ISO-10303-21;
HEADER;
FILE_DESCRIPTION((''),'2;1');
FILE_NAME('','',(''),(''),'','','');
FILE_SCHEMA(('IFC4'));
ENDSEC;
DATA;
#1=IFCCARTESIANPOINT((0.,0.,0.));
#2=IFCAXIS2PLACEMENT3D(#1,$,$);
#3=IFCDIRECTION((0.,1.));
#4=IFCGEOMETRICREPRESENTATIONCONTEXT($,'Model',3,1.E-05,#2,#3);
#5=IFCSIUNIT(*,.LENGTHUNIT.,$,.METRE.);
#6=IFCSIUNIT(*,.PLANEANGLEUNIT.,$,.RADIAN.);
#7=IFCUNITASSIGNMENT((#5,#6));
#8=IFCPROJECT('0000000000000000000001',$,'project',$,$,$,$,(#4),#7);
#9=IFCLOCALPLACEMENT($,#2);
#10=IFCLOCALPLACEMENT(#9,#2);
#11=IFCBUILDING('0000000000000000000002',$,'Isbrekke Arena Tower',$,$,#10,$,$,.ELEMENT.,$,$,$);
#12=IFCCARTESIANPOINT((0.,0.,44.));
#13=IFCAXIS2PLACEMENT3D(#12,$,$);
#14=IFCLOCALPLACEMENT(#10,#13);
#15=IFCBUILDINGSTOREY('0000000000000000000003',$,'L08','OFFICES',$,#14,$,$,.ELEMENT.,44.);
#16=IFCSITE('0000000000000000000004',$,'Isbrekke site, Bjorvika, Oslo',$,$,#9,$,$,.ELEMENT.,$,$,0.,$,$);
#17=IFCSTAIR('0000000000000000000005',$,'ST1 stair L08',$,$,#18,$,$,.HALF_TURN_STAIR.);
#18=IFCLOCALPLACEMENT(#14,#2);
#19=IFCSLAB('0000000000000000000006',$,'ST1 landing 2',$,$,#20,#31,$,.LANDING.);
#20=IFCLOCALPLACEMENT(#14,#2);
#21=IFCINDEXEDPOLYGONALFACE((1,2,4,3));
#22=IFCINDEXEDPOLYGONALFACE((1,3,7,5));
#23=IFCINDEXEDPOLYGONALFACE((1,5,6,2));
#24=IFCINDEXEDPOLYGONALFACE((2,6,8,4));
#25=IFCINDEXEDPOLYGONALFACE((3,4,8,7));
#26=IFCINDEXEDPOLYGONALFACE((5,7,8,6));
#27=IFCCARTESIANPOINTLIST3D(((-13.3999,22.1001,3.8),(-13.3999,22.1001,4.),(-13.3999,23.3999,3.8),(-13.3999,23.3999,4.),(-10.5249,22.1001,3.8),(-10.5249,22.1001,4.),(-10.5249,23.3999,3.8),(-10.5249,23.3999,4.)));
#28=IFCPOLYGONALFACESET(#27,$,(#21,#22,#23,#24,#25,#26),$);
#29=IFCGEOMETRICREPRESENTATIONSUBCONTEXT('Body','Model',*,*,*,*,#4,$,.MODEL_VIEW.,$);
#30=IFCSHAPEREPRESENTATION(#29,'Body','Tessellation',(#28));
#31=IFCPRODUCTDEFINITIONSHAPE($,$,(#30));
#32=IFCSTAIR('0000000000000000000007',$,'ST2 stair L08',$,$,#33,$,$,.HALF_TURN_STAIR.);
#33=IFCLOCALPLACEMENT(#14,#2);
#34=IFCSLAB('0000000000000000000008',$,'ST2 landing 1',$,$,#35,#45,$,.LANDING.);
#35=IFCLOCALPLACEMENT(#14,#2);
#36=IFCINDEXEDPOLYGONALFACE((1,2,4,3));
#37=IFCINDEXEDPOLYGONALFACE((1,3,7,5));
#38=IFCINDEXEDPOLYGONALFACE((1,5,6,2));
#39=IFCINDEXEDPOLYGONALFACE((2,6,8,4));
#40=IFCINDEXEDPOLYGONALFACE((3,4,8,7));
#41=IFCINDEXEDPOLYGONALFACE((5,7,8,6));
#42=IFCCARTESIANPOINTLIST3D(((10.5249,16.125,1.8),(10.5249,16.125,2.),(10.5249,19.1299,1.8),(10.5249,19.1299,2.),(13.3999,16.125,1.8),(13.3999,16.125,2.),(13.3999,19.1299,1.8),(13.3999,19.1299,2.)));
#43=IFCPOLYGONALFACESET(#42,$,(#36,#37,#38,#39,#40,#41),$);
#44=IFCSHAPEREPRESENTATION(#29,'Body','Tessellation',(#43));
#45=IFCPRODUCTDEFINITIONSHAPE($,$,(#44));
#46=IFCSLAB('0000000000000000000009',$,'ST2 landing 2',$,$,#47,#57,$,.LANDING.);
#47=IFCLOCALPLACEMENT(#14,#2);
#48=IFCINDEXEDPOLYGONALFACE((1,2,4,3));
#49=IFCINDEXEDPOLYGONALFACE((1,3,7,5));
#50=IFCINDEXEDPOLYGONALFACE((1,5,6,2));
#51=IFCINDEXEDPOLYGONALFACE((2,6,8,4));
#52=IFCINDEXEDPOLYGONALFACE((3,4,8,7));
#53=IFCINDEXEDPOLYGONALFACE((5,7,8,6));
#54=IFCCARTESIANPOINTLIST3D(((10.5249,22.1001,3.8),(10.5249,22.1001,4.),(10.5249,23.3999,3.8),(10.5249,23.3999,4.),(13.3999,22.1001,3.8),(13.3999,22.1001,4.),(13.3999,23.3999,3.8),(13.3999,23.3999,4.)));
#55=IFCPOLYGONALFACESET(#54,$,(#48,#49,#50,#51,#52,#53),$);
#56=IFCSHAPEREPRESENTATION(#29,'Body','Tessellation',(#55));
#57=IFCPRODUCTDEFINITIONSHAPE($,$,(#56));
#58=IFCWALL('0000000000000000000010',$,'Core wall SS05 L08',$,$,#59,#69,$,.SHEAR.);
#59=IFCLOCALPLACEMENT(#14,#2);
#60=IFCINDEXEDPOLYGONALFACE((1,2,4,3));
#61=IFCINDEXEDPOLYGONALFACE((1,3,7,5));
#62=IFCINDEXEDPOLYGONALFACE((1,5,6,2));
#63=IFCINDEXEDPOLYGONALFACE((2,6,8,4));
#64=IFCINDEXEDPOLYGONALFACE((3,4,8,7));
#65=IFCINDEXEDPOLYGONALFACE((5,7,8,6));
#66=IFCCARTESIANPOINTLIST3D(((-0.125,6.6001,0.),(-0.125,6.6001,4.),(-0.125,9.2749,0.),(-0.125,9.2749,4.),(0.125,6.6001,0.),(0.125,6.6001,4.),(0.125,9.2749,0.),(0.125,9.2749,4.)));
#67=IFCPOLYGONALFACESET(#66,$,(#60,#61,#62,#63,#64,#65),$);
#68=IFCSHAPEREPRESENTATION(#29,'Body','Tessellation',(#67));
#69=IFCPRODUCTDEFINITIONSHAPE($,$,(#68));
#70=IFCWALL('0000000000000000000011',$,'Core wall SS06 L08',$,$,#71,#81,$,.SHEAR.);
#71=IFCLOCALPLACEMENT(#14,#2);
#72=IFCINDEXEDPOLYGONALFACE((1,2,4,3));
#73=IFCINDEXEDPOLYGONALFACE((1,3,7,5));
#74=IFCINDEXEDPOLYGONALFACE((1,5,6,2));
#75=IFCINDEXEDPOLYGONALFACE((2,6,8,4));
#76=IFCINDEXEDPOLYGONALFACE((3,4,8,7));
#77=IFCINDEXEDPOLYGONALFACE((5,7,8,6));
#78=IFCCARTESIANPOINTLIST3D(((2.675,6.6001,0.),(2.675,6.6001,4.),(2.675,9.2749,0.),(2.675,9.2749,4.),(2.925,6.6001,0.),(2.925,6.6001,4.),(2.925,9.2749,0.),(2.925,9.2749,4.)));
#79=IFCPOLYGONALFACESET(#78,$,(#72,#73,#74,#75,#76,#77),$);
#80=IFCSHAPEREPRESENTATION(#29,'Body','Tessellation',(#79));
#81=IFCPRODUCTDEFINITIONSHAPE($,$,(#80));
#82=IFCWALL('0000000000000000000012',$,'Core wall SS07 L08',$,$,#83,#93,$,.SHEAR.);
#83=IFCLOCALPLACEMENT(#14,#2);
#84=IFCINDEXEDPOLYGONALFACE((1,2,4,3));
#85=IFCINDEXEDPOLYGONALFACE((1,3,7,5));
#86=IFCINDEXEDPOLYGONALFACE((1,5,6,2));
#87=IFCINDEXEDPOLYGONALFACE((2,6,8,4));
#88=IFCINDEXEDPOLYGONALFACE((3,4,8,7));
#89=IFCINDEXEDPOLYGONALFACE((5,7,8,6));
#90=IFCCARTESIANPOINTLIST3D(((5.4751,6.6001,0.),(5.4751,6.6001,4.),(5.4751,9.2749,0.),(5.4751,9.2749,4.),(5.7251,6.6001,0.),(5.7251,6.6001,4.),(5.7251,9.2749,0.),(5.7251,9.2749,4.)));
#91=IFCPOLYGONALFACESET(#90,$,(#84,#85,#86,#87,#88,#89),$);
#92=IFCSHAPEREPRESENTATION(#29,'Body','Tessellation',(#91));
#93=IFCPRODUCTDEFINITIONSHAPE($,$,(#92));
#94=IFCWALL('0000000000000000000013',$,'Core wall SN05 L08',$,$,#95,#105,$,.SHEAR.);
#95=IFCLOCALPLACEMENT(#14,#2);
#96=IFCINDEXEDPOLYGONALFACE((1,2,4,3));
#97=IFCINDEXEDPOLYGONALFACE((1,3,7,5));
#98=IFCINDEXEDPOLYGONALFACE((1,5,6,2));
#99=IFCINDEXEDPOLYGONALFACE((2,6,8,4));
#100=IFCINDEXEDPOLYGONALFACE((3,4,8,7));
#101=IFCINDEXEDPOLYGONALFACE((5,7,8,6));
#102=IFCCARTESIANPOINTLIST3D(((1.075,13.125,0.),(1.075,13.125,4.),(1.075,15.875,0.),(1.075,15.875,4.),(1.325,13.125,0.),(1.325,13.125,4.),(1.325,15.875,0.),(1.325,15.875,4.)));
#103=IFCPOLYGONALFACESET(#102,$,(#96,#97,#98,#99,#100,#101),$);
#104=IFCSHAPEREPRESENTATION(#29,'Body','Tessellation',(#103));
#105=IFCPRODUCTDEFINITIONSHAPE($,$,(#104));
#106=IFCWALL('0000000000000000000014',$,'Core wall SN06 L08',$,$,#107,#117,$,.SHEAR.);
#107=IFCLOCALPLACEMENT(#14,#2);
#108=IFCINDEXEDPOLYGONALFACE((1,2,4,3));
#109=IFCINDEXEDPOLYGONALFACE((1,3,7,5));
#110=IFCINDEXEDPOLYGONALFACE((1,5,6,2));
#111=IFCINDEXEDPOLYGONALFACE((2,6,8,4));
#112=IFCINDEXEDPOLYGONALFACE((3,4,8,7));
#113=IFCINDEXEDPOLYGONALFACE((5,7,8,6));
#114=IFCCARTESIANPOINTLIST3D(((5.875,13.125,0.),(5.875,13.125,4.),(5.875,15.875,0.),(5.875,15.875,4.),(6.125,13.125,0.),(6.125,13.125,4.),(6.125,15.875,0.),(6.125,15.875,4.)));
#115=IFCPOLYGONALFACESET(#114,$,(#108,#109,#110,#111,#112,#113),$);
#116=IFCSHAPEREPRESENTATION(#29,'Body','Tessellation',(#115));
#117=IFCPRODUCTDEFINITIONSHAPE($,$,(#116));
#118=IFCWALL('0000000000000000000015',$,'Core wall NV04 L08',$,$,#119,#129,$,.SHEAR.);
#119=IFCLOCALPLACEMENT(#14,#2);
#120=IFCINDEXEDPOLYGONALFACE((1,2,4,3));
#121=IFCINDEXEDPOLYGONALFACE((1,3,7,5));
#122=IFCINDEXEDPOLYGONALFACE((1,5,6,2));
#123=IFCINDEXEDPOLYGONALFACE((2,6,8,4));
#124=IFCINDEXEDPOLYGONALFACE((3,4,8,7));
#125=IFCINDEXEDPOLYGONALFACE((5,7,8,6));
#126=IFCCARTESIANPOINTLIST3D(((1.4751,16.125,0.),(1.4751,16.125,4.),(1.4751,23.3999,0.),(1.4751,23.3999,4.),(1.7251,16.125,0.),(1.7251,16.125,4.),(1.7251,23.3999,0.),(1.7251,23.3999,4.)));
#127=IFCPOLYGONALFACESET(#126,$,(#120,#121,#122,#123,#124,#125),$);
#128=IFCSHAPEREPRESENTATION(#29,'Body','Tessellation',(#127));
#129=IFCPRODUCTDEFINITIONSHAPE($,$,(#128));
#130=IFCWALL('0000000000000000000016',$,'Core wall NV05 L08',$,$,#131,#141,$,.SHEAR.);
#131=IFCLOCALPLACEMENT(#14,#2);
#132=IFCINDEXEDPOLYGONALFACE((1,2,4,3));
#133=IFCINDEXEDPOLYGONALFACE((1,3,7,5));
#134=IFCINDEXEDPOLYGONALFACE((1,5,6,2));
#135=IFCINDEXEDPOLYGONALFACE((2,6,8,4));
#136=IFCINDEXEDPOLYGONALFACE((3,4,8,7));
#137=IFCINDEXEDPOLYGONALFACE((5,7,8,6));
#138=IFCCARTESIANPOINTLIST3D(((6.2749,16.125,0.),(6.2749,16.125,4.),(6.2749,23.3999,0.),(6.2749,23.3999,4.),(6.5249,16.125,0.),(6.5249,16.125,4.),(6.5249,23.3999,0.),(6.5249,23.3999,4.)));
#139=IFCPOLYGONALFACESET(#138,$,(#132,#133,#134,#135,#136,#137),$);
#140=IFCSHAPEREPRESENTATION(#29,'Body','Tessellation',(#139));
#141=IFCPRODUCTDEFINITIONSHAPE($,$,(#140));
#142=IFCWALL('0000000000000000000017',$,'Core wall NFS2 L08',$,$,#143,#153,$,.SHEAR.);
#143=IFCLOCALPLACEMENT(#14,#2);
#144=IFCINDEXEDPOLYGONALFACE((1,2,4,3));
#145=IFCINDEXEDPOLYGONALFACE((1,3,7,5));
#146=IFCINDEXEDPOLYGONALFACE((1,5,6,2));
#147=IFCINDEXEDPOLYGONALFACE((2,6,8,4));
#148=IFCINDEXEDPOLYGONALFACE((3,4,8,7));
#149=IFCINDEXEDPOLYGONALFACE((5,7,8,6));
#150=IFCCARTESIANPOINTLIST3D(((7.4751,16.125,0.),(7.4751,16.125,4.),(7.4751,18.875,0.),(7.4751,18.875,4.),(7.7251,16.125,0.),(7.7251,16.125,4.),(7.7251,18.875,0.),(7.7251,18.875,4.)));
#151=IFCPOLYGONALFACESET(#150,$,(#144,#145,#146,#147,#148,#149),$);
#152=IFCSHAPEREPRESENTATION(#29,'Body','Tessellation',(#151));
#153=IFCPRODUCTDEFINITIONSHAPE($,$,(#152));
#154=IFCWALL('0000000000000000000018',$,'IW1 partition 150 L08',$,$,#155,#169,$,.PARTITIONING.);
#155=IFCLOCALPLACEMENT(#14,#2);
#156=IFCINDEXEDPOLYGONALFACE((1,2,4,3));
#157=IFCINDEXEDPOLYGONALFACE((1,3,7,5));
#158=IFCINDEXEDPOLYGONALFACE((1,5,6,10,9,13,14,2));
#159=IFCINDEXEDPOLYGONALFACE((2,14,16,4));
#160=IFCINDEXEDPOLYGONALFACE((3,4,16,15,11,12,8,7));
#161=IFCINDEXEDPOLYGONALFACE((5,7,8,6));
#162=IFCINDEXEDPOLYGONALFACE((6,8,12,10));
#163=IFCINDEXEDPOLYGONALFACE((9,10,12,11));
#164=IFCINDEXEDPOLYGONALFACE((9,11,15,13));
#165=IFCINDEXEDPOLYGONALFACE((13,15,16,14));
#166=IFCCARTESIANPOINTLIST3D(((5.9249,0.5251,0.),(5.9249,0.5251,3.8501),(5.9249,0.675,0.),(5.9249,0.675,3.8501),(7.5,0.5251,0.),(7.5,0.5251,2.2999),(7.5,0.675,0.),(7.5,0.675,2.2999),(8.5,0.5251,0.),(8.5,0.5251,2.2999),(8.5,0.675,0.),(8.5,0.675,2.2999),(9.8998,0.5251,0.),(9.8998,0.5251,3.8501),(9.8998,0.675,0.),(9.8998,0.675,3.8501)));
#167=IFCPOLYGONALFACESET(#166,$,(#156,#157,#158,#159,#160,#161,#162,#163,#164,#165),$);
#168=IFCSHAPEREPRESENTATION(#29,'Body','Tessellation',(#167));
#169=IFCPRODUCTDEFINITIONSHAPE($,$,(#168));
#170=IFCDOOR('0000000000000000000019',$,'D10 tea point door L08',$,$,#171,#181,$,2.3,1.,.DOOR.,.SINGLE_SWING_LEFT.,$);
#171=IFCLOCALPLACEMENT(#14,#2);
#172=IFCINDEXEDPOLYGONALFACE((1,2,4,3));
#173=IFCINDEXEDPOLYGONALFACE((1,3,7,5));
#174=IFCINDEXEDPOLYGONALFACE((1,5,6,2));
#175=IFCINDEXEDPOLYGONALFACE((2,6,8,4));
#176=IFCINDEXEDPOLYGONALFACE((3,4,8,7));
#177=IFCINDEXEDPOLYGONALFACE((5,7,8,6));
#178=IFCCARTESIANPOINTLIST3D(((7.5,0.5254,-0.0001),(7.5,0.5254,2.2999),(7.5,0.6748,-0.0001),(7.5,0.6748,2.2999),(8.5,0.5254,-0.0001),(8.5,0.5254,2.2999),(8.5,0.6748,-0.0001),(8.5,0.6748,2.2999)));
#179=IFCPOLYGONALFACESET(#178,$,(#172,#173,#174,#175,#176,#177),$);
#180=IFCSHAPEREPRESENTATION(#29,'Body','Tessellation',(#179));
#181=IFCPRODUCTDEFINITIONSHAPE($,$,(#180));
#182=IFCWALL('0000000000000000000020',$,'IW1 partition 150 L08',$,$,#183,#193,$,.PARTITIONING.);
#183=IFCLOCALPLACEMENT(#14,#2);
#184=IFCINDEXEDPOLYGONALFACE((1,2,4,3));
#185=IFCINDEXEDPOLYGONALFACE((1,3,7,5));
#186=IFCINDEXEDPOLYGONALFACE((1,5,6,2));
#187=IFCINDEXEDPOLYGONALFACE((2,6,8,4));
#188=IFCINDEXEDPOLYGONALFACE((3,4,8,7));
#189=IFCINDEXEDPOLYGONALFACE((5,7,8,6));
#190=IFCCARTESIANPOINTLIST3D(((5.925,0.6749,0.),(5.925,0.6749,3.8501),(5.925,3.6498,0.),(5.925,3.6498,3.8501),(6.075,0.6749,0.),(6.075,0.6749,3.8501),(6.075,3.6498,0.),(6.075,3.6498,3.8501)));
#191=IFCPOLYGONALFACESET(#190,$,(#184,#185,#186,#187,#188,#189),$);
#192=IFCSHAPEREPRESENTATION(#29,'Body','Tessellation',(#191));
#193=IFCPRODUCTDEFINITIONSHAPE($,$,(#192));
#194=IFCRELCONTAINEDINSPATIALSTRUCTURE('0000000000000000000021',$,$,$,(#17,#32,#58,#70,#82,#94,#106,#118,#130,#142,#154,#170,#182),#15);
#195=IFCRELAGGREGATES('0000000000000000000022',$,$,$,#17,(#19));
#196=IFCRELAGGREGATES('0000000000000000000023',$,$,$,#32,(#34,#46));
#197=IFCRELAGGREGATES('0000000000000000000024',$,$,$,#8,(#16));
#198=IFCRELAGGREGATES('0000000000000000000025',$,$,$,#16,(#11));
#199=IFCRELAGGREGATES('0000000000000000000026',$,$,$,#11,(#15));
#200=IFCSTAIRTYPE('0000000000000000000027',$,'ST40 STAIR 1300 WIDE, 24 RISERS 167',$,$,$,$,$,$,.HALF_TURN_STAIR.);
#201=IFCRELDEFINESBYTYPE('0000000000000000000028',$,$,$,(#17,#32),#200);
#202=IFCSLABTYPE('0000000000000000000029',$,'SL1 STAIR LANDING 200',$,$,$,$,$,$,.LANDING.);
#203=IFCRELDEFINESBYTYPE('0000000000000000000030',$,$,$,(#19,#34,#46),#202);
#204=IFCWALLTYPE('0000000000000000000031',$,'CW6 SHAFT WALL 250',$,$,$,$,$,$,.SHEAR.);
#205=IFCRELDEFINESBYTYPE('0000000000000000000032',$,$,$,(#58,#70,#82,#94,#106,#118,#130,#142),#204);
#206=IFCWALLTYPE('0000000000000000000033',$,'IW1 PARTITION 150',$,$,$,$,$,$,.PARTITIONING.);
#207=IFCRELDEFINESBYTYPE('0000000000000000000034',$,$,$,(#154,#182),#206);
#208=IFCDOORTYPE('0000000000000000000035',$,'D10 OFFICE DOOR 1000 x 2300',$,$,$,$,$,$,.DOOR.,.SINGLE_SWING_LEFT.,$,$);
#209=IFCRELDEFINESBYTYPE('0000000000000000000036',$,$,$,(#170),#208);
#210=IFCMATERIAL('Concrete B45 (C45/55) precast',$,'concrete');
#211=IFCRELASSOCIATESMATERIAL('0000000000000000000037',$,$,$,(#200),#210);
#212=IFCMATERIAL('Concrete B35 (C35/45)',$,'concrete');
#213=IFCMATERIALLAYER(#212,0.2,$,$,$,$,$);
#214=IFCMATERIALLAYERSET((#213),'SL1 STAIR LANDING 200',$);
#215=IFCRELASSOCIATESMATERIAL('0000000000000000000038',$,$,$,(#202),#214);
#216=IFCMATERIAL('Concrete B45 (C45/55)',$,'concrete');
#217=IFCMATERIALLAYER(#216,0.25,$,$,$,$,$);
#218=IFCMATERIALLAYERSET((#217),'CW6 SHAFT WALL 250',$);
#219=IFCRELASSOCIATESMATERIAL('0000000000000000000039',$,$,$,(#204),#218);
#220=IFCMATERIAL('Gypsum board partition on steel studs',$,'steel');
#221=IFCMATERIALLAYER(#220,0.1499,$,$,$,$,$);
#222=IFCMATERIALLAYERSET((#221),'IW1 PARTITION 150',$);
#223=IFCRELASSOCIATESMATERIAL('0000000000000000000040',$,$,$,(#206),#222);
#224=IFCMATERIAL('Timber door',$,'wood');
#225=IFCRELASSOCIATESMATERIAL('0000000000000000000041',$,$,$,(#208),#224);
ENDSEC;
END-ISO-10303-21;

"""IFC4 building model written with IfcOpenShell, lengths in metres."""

from ifc_helpers import new_model, si_unit, direction, frame, frame_2d, origin, place, context, subcontext, project, spatial, polyline, rectangle, outline, extrude, material, layer, layer_set, type_object, element, fill, aggregate, save


model = new_model("IFC4")

# Units and contexts
model_context = context("Model", 3, precision=1e-05, world=origin(), true_north=direction((0.0, 1.0)))
body_context = subcontext(model_context, "Body", "Model", "MODEL_VIEW")
ifc_project = project(units=[si_unit("LENGTHUNIT", "METRE"), si_unit("PLANEANGLEUNIT", "RADIAN")], contexts=[model_context])

# Site, building, storey
site_placement = place(None, origin())
site = spatial("IfcSite", under=ifc_project, at=site_placement, Name="Isbrekke site, Bjorvika, Oslo", CompositionType="ELEMENT", RefElevation=0.0)
building_placement = place(site_placement, origin())
building = spatial("IfcBuilding", under=site, at=building_placement, Name="Isbrekke Arena Tower", CompositionType="ELEMENT")
storey_placement = place(building_placement, frame((0.0, 0.0, 44.0)))
storey = spatial("IfcBuildingStorey", under=building, at=storey_placement, Name="L08", Description="OFFICES", CompositionType="ELEMENT", Elevation=44.0)

# Stair, slab
ifc_material_1 = material(Name="Concrete B45 (C45/55) precast", Category="concrete")
stair_type = type_object("IfcStairType", Name="ST40 STAIR 1300 WIDE, 24 RISERS 167", PredefinedType="HALF_TURN_STAIR", material=ifc_material_1)
stair_1_placement = place(storey_placement, origin())
stair_1 = element("IfcStair", 1, at=stair_1_placement, inside=storey, type_object=stair_type, Name="ST1 stair L08", PredefinedType="HALF_TURN_STAIR")
ifc_material_2 = material(Name="Concrete B35 (C35/45)", Category="concrete")
ifc_layer_1 = layer(ifc_material_2, 0.2)
ifc_layer_set_1 = layer_set([ifc_layer_1], Name="SL1 STAIR LANDING 200")
slab_type = type_object("IfcSlabType", Name="SL1 STAIR LANDING 200", PredefinedType="LANDING", material=ifc_layer_set_1)
slab_1_placement = place(storey_placement, frame((0.0, 0.0, 3.8)))
slab_1 = element("IfcSlab", 2, at=slab_1_placement, type_object=slab_type, Name="ST1 landing 2", PredefinedType="LANDING", context=body_context, shape_type="SweptSolid", body=[
    extrude(outline(polyline([(-13.3999, 22.1001), (-10.5249, 22.1001), (-10.5249, 23.3999), (-13.3999, 23.3999), (-13.3999, 22.1001)])), origin(), (0.0, 0.0, 1.0), 0.2),
])
aggregate(stair_1, [slab_1])

# Stair, slabs
stair_2_placement = place(storey_placement, origin())
stair_2 = element("IfcStair", 3, at=stair_2_placement, inside=storey, type_object=stair_type, Name="ST2 stair L08", PredefinedType="HALF_TURN_STAIR")
slab_2_placement = place(storey_placement, frame((0.0, 0.0, 1.8)))
slab_2 = element("IfcSlab", 4, at=slab_2_placement, type_object=slab_type, Name="ST2 landing 1", PredefinedType="LANDING", context=body_context, shape_type="SweptSolid", body=[
    extrude(outline(polyline([(10.5249, 16.125), (13.3999, 16.125), (13.3999, 19.1299), (10.5249, 19.1299), (10.5249, 16.125)])), origin(), (0.0, 0.0, 1.0), 0.2),
])
slab_3_placement = place(storey_placement, frame((0.0, 0.0, 3.8)))
slab_3 = element("IfcSlab", 5, at=slab_3_placement, type_object=slab_type, Name="ST2 landing 2", PredefinedType="LANDING", context=body_context, shape_type="SweptSolid", body=[
    extrude(outline(polyline([(10.5249, 22.1001), (13.3999, 22.1001), (13.3999, 23.3999), (10.5249, 23.3999), (10.5249, 22.1001)])), origin(), (0.0, 0.0, 1.0), 0.2),
])
aggregate(stair_2, [slab_2, slab_3])

# Walls
ifc_material_3 = material(Name="Concrete B45 (C45/55)", Category="concrete")
ifc_layer_2 = layer(ifc_material_3, 0.25)
ifc_layer_set_2 = layer_set([ifc_layer_2], Name="CW6 SHAFT WALL 250")
wall_type_1 = type_object("IfcWallType", Name="CW6 SHAFT WALL 250", PredefinedType="SHEAR", material=ifc_layer_set_2)
for number, where, z_axis, x_axis, name in (
    (6, (0.0, 6.6001, 0.0), (0.0, 0.0, 1.0), (0.0, 1.0, 0.0), "Core wall SS05 L08"),
    (7, (2.8, 6.6001, 0.0), (0.0, 0.0, 1.0), (0.0, 1.0, 0.0), "Core wall SS06 L08"),
    (8, (5.6001, 6.6001, 0.0), (0.0, 0.0, 1.0), (0.0, 1.0, 0.0), "Core wall SS07 L08"),
):
    element("IfcWall", number, at=place(storey_placement, frame(where, z_axis=z_axis, x_axis=x_axis)), inside=storey, type_object=wall_type_1, Name=name, PredefinedType="SHEAR", context=body_context, shape_type="SweptSolid", body=[
        extrude(rectangle(XDim=2.6748, YDim=0.25, at=frame_2d((1.3374, 0.0))), origin(), (0.0, 0.0, 1.0), 4.0),
    ])
for number, where, z_axis, x_axis, name in (
    (9, (1.2, 13.125, 0.0), (0.0, 0.0, 1.0), (0.0, 1.0, 0.0), "Core wall SN05 L08"),
    (10, (6.0, 13.125, 0.0), (0.0, 0.0, 1.0), (0.0, 1.0, 0.0), "Core wall SN06 L08"),
):
    element("IfcWall", number, at=place(storey_placement, frame(where, z_axis=z_axis, x_axis=x_axis)), inside=storey, type_object=wall_type_1, Name=name, PredefinedType="SHEAR", context=body_context, shape_type="SweptSolid", body=[
        extrude(rectangle(XDim=2.75, YDim=0.25, at=frame_2d((1.375, 0.0))), origin(), (0.0, 0.0, 1.0), 4.0),
    ])
for number, where, z_axis, x_axis, name in (
    (11, (1.6001, 16.125, 0.0), (0.0, 0.0, 1.0), (0.0, 1.0, 0.0), "Core wall NV04 L08"),
    (12, (6.3999, 16.125, 0.0), (0.0, 0.0, 1.0), (0.0, 1.0, 0.0), "Core wall NV05 L08"),
):
    element("IfcWall", number, at=place(storey_placement, frame(where, z_axis=z_axis, x_axis=x_axis)), inside=storey, type_object=wall_type_1, Name=name, PredefinedType="SHEAR", context=body_context, shape_type="SweptSolid", body=[
        extrude(rectangle(XDim=7.2749, YDim=0.25, at=frame_2d((3.6375, 0.0))), origin(), (0.0, 0.0, 1.0), 4.0),
    ])
wall_1_placement = place(storey_placement, frame((7.6001, 16.125, 0.0), z_axis=(0.0, 0.0, 1.0), x_axis=(0.0, 1.0, 0.0)))
element("IfcWall", 13, at=wall_1_placement, inside=storey, type_object=wall_type_1, Name="Core wall NFS2 L08", PredefinedType="SHEAR", context=body_context, shape_type="SweptSolid", body=[
    extrude(rectangle(XDim=2.75, YDim=0.25, at=frame_2d((1.375, 0.0))), origin(), (0.0, 0.0, 1.0), 4.0),
])

# Wall, opening, door
ifc_material_4 = material(Name="Gypsum board partition on steel studs", Category="steel")
ifc_layer_3 = layer(ifc_material_4, 0.1499)
ifc_layer_set_3 = layer_set([ifc_layer_3], Name="IW1 PARTITION 150")
wall_type_2 = type_object("IfcWallType", Name="IW1 PARTITION 150", PredefinedType="PARTITIONING", material=ifc_layer_set_3)
wall_2_placement = place(storey_placement, frame((5.925, 0.6001, 0.0), z_axis=(0.0, 0.0, 1.0), x_axis=(1.0, 0.0, 0.0)))
wall_2 = element("IfcWall", 14, at=wall_2_placement, inside=storey, type_object=wall_type_2, Name="IW1 partition 150 L08", PredefinedType="PARTITIONING", context=body_context, shape_type="SweptSolid", body=[
    extrude(rectangle(XDim=3.9749, YDim=0.1499, at=frame_2d((1.9873, 0.0))), origin(), (0.0, 0.0, 1.0), 3.8501),
])
opening_placement = place(wall_2_placement, frame((1.575, 0.0, 0.0)))
opening = element("IfcOpeningElement", 15, at=opening_placement, cuts=wall_2, PredefinedType="OPENING", context=body_context, shape_type="SweptSolid", body=[
    extrude(rectangle(XDim=1.0, YDim=2.3, at=frame_2d((0.5, 1.1499))), frame((0.0, 0.0898, 0.0), z_axis=(0.0, -1.0, 0.0), x_axis=(1.0, 0.0, 0.0)), (0.0, 0.0, 1.0), 0.1797),
])
ifc_material_5 = material(Name="Timber door", Category="wood")
door_type = type_object("IfcDoorType", Name="D10 OFFICE DOOR 1000 x 2300", OperationType="SINGLE_SWING_LEFT", PredefinedType="DOOR", material=ifc_material_5)
door_placement = place(opening_placement, origin())
door = element("IfcDoor", 16, at=door_placement, inside=storey, type_object=door_type, Name="D10 tea point door L08", OperationType="SINGLE_SWING_LEFT", OverallHeight=2.3, OverallWidth=1.0, PredefinedType="DOOR", context=body_context, shape_type="SweptSolid", body=[
    extrude(rectangle(XDim=1.0, YDim=2.3, at=frame_2d((0.5, 1.1499))), frame((0.0, 0.0747, 0.0), z_axis=(0.0, -1.0, 0.0), x_axis=(1.0, 0.0, 0.0)), (0.0, 0.0, 1.0), 0.1494),
])
fill(opening, door)

# Wall
wall_3_placement = place(storey_placement, frame((6.0, 0.675, 0.0), z_axis=(0.0, 0.0, 1.0), x_axis=(0.0, 1.0, 0.0)))
element("IfcWall", 17, at=wall_3_placement, inside=storey, type_object=wall_type_2, Name="IW1 partition 150 L08", PredefinedType="PARTITIONING", context=body_context, shape_type="SweptSolid", body=[
    extrude(rectangle(XDim=2.9749, YDim=0.1499, at=frame_2d((1.4873, 0.0))), origin(), (0.0, 0.0, 1.0), 3.8501),
])

save(model, "model.ifc")
